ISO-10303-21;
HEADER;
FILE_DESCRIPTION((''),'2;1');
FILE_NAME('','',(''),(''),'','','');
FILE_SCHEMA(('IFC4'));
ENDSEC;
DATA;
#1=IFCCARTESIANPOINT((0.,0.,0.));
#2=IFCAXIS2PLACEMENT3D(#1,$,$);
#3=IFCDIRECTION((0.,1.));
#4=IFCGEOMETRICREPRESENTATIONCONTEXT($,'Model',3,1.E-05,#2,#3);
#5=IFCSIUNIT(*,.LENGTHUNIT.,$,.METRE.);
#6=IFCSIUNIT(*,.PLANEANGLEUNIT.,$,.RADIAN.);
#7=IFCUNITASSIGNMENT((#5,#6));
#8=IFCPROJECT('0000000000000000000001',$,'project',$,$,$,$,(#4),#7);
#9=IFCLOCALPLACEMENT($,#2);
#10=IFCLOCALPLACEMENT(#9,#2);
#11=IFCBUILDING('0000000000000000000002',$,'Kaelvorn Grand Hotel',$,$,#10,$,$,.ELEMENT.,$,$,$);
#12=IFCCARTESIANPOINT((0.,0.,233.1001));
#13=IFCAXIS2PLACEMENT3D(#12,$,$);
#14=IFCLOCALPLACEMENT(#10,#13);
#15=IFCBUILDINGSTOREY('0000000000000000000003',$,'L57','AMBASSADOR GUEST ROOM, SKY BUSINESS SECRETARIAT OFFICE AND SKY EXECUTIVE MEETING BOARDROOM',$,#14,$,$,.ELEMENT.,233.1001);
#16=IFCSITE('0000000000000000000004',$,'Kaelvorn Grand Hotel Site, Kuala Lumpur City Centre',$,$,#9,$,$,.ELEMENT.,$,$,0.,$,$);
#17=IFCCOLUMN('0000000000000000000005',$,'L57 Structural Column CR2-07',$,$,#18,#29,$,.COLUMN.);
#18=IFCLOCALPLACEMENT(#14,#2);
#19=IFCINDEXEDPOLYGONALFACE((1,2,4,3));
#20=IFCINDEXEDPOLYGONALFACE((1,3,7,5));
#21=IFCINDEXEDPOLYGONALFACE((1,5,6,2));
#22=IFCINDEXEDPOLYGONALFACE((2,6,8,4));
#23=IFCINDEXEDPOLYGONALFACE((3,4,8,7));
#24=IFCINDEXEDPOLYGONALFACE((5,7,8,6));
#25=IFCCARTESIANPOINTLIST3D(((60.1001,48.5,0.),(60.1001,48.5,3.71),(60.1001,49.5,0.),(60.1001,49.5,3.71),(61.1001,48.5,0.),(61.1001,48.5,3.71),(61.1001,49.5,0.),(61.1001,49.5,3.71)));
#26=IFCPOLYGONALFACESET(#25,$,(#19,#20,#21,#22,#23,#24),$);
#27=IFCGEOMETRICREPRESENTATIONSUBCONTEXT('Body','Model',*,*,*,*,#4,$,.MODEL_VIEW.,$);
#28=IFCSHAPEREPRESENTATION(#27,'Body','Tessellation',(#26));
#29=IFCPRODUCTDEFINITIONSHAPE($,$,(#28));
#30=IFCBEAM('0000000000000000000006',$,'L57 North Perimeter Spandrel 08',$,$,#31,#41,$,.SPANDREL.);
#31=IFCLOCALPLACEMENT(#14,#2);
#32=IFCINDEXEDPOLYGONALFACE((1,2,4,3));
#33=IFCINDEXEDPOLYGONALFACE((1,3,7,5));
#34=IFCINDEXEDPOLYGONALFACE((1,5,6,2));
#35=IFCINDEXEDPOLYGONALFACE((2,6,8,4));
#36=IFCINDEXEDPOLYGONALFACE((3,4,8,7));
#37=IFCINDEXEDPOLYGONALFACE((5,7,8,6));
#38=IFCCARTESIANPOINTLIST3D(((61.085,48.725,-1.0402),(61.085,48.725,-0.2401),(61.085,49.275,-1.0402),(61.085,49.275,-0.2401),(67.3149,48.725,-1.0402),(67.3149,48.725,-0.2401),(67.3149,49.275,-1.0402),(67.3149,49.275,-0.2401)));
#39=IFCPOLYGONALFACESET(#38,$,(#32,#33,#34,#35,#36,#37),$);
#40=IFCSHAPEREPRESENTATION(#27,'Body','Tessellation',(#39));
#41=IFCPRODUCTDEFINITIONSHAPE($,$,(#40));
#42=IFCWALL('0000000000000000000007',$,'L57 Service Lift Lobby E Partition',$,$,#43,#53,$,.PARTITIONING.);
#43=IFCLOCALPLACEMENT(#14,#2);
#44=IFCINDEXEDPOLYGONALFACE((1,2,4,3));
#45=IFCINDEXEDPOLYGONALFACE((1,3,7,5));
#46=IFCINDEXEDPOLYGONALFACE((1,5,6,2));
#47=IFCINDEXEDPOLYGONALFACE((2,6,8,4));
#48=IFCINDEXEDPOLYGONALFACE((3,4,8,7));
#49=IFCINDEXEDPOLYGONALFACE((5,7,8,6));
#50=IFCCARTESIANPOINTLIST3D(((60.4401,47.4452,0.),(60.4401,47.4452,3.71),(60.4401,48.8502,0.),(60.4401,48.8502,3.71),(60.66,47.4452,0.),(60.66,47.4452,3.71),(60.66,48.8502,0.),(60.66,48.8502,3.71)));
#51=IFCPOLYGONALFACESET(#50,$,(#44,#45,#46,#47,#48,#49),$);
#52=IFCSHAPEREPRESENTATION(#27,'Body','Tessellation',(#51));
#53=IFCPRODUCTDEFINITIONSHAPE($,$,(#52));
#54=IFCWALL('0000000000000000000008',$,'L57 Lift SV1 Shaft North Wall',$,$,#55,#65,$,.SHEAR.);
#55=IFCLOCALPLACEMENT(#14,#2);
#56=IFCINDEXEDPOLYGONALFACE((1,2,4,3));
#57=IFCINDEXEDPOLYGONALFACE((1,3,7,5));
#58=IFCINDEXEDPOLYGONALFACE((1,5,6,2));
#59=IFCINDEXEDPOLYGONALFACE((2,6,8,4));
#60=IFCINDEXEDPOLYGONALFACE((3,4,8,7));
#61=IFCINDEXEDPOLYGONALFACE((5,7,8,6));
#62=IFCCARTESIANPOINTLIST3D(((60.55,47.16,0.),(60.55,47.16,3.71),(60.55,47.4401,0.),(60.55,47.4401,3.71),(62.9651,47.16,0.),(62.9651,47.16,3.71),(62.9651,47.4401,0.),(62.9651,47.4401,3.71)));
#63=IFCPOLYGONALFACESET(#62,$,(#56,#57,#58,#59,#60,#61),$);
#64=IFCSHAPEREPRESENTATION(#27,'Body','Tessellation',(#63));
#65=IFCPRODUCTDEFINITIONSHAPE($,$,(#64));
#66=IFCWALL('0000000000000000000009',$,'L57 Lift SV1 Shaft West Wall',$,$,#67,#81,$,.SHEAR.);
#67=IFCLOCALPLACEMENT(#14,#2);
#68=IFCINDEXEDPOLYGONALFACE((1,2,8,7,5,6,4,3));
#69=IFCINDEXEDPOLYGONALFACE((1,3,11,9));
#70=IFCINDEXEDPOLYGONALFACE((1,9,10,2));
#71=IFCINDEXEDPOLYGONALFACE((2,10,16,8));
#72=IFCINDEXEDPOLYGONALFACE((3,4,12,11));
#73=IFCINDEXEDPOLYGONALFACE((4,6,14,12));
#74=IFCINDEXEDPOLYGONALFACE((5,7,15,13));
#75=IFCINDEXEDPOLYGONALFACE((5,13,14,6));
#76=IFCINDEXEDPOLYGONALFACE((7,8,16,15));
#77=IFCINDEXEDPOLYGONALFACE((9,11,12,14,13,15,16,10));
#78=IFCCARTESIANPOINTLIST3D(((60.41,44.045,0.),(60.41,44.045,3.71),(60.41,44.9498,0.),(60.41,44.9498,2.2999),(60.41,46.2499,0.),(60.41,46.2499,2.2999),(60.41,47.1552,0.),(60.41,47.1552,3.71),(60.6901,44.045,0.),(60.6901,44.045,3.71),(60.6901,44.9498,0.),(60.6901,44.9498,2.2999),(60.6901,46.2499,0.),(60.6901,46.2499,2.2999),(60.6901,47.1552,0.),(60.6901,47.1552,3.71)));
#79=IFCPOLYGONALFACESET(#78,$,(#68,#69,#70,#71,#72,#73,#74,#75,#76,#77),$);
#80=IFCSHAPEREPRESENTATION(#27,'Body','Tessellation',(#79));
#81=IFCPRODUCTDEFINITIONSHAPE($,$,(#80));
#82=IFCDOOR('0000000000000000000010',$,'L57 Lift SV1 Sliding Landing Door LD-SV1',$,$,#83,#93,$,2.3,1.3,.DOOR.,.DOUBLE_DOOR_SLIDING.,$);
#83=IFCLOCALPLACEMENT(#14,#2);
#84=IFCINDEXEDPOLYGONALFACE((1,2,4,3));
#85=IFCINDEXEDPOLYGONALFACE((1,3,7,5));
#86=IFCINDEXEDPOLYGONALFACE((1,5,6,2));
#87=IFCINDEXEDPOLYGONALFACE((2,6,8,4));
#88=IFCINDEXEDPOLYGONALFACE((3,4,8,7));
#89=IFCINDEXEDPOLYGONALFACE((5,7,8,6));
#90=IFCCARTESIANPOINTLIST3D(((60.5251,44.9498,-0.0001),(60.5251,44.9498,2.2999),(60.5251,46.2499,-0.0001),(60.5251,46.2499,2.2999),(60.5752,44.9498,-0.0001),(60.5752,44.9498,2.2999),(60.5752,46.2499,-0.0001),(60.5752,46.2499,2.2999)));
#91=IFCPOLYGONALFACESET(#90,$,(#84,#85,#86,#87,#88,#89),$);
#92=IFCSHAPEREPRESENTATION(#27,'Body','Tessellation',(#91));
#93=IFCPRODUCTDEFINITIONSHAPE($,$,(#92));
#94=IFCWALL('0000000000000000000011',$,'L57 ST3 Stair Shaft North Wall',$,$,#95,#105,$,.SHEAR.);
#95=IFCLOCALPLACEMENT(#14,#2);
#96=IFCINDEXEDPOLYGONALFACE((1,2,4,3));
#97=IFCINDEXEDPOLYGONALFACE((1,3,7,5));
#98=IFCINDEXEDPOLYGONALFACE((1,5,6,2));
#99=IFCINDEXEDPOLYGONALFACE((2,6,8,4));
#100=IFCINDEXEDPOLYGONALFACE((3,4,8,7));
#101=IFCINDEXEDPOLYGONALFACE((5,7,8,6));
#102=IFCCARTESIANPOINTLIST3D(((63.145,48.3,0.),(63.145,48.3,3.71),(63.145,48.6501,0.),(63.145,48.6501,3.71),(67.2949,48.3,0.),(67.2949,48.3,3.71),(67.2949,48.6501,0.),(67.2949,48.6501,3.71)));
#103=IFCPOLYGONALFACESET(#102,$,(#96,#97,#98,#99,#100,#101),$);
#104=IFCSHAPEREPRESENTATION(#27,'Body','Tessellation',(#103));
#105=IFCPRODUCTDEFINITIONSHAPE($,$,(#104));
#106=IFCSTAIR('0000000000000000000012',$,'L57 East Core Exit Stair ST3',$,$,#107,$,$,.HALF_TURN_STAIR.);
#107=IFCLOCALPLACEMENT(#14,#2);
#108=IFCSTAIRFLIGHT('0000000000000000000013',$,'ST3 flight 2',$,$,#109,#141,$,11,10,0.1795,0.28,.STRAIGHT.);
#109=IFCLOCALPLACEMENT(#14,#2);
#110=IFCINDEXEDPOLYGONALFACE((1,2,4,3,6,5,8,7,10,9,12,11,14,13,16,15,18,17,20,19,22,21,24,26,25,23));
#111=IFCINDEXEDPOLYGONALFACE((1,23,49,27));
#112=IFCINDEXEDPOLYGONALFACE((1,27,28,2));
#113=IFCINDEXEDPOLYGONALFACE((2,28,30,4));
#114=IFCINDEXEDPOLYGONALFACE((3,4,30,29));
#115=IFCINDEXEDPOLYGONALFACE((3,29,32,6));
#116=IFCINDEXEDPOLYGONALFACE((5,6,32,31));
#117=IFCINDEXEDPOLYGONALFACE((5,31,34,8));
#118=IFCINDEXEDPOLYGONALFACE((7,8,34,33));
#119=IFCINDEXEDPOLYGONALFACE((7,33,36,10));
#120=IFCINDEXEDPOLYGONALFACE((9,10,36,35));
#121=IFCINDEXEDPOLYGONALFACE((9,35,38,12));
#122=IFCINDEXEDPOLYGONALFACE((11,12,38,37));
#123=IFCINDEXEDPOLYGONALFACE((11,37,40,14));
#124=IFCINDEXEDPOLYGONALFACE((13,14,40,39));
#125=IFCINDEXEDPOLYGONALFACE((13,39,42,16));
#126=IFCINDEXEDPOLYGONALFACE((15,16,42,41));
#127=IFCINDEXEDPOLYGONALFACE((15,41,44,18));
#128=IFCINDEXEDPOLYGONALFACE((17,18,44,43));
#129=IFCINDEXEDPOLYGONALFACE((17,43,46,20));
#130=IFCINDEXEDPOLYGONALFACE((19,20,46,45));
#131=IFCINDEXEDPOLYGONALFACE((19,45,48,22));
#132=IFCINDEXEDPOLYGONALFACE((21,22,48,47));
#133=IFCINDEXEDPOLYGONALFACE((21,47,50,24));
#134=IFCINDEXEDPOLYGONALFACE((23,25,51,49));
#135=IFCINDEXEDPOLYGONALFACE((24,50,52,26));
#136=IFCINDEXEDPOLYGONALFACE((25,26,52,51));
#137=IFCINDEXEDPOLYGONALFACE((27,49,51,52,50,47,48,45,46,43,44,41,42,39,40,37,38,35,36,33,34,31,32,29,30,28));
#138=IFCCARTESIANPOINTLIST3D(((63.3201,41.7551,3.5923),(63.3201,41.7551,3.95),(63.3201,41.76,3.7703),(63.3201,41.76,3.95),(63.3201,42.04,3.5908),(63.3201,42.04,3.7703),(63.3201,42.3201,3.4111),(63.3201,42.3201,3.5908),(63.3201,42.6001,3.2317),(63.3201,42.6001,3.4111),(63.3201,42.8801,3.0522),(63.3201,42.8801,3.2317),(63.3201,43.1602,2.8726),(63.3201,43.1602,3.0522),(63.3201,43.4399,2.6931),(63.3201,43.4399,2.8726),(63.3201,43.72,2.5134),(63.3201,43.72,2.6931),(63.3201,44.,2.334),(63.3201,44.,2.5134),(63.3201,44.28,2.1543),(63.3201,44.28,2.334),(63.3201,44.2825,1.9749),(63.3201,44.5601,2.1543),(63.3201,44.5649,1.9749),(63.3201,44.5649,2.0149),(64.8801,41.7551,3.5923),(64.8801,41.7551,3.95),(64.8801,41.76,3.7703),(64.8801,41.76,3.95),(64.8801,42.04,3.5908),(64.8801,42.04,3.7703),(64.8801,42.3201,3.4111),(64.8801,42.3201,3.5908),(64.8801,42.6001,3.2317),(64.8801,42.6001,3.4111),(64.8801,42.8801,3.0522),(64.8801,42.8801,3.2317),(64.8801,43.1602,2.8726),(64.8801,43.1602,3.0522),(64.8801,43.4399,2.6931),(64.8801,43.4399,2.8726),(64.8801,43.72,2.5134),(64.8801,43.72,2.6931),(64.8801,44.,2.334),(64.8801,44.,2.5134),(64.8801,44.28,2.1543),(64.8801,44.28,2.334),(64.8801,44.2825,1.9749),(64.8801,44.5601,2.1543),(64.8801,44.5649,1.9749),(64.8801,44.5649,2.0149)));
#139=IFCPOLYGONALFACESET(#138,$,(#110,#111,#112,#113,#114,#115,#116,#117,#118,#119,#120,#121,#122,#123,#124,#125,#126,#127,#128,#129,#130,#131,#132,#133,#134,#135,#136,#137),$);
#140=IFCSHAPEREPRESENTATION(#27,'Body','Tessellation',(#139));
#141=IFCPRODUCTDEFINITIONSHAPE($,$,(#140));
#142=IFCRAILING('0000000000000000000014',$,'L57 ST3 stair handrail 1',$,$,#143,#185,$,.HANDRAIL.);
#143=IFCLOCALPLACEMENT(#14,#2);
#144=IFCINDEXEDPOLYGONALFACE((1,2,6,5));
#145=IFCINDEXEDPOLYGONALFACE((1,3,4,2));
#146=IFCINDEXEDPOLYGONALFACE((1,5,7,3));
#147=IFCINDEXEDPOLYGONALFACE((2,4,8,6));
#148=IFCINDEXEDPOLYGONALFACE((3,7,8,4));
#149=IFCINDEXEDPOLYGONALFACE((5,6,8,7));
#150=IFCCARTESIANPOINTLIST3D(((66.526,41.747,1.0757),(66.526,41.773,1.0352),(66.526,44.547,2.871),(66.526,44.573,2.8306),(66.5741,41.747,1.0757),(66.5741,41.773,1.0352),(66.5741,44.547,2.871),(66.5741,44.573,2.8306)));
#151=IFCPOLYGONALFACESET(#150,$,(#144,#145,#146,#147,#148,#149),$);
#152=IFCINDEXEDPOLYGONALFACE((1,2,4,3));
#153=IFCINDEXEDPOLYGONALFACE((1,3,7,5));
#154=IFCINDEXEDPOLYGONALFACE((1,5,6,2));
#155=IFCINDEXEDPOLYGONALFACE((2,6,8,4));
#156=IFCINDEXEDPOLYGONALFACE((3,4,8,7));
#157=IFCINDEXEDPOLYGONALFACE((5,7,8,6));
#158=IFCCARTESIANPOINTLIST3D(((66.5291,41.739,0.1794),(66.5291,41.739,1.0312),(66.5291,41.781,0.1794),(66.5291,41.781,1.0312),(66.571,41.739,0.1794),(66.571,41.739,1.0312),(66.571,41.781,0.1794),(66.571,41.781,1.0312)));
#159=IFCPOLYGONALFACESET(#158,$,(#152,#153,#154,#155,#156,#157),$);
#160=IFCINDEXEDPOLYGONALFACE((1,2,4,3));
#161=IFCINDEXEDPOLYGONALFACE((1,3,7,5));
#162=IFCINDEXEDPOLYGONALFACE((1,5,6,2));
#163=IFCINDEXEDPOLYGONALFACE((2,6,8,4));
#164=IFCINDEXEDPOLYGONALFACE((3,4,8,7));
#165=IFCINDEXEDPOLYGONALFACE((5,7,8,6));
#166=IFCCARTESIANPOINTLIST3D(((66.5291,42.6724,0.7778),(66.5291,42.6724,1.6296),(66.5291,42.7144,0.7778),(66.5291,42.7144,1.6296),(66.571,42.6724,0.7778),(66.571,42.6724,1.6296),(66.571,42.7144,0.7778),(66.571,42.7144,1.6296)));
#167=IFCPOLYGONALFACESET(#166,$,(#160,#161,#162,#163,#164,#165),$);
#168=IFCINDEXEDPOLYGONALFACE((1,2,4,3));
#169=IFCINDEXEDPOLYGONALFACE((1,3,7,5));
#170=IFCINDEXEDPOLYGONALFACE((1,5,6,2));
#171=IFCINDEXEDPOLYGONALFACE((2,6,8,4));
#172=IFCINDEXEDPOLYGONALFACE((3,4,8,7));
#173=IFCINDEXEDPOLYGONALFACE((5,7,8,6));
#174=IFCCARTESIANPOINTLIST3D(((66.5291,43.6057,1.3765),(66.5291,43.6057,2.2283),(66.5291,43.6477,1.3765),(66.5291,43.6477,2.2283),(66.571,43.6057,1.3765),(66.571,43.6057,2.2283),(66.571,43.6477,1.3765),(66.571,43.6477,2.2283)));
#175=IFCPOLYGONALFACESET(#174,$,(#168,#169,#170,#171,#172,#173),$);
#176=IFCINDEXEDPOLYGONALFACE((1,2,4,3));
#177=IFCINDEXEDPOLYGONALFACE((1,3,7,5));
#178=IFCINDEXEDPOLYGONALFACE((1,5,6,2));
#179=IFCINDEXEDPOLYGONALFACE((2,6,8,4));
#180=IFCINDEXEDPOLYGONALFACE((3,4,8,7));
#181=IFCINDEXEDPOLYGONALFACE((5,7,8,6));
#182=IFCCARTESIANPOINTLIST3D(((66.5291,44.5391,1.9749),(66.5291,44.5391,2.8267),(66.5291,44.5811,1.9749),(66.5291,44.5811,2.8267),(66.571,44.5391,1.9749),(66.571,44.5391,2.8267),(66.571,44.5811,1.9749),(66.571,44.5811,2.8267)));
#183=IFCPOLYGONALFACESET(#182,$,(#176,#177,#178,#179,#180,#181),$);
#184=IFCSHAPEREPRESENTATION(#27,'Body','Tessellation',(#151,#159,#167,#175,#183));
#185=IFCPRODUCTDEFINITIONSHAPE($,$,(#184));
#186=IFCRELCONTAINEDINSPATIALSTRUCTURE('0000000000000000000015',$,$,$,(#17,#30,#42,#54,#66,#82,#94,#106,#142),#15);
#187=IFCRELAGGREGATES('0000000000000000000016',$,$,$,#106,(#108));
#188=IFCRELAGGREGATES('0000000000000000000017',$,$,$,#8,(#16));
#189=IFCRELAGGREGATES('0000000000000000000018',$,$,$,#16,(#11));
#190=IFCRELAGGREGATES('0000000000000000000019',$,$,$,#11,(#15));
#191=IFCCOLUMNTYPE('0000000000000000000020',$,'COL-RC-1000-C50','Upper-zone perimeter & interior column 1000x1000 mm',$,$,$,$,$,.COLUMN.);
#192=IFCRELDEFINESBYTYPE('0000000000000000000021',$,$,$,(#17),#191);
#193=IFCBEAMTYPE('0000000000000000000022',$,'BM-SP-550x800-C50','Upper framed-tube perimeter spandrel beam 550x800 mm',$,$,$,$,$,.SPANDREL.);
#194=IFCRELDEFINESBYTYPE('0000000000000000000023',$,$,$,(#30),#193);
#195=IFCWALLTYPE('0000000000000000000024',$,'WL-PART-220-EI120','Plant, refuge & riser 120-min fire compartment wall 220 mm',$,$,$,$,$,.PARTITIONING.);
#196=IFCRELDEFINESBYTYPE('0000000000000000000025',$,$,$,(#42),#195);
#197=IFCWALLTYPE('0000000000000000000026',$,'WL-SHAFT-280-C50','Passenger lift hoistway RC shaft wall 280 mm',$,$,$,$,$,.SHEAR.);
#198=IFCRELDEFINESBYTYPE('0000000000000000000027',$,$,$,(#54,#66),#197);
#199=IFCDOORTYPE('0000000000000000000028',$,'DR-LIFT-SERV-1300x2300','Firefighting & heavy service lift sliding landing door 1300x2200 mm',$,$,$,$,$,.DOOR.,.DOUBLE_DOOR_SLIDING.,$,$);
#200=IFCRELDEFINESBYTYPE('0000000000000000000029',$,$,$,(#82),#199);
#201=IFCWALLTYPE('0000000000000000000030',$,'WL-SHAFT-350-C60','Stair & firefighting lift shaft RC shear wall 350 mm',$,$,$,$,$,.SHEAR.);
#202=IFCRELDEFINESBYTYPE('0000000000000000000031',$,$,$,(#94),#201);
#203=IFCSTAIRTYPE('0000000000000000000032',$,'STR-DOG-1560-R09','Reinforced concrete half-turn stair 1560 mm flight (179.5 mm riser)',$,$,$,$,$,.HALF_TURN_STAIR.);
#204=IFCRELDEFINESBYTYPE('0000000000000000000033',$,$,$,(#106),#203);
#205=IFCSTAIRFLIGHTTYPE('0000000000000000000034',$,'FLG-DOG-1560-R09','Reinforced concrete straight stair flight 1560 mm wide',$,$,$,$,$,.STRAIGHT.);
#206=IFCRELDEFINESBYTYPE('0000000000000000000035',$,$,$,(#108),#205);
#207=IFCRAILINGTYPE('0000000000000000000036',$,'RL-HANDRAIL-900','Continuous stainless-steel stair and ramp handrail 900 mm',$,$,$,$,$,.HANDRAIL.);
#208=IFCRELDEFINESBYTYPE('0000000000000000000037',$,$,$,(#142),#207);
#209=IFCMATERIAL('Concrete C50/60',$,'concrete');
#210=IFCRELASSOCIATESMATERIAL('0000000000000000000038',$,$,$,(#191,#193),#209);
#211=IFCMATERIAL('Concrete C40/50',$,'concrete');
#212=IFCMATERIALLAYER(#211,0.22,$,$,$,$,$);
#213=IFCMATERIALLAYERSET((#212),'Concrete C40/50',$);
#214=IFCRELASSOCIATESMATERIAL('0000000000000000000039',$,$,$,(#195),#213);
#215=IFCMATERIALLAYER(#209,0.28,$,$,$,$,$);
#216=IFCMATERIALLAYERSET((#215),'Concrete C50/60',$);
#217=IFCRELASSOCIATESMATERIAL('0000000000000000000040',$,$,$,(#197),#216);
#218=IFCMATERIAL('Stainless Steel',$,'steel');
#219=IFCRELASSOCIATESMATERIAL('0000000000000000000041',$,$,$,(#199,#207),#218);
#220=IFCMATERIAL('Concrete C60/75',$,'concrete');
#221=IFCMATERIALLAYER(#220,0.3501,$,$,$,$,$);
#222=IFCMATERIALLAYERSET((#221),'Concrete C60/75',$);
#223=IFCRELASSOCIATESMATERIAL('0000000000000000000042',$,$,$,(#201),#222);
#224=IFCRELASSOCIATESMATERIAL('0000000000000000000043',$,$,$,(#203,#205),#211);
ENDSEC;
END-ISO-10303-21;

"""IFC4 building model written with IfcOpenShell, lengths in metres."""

from ifc_helpers import new_model, si_unit, direction, frame, frame_2d, origin, origin_2d, place, context, subcontext, project, spatial, polyline, rectangle, outline, extrude, material, layer, layer_set, material_profile, profile_set, type_object, element, fill, aggregate, save


model = new_model("IFC4")

# Units and contexts
model_context = context("Model", 3, precision=1e-05, world=origin(), true_north=direction((0.0, 1.0)))
body_context = subcontext(model_context, "Body", "Model", "MODEL_VIEW")
ifc_project = project(units=[si_unit("LENGTHUNIT", "METRE"), si_unit("PLANEANGLEUNIT", "RADIAN")], contexts=[model_context])

# Site, building, storey
site_placement = place(None, origin())
site = spatial("IfcSite", under=ifc_project, at=site_placement, Name="Kaelvorn Grand Hotel Site, Kuala Lumpur City Centre", CompositionType="ELEMENT", RefElevation=0.0)
building_placement = place(site_placement, origin())
building = spatial("IfcBuilding", under=site, at=building_placement, Name="Kaelvorn Grand Hotel", CompositionType="ELEMENT")
storey_placement = place(building_placement, frame((0.0, 0.0, 233.1001)))
storey = spatial("IfcBuildingStorey", under=building, at=storey_placement, Name="L57", Description="AMBASSADOR GUEST ROOM, SKY BUSINESS SECRETARIAT OFFICE AND SKY EXECUTIVE MEETING BOARDROOM", CompositionType="ELEMENT", Elevation=233.1001)

# Column
ifc_material_1 = material(Name="Concrete C50/60", Category="concrete")
ifc_material_profile_1 = material_profile(ifc_material_1, rectangle(XDim=1.0, YDim=1.0, at=origin_2d()), Name="RC COL 1000x1000")
ifc_profile_set_1 = profile_set([ifc_material_profile_1], Name="Concrete C50/60")
column_type = type_object("IfcColumnType", Name="COL-RC-1000-C50", Description="Upper-zone perimeter & interior column 1000x1000 mm", PredefinedType="COLUMN", material=ifc_profile_set_1)
column_placement = place(storey_placement, frame((60.6001, 49.0, 0.0), z_axis=(0.0, 0.0, 1.0), x_axis=(1.0, 0.0, 0.0)))
element("IfcColumn", 1, at=column_placement, inside=storey, type_object=column_type, Name="L57 Structural Column CR2-07", PredefinedType="COLUMN", context=body_context, shape_type="SweptSolid", body=[
    extrude(rectangle(XDim=1.0, YDim=1.0, at=origin_2d()), origin(), (0.0, 0.0, 1.0), 3.71),
])

# Beam
ifc_material_profile_2 = material_profile(ifc_material_1, rectangle(XDim=0.55, YDim=0.8, at=origin_2d()), Name="RC SPANDREL 550x800")
ifc_profile_set_2 = profile_set([ifc_material_profile_2], Name="Concrete C50/60")
beam_type = type_object("IfcBeamType", Name="BM-SP-550x800-C50", Description="Upper framed-tube perimeter spandrel beam 550x800 mm", PredefinedType="SPANDREL", material=ifc_profile_set_2)
beam_placement = place(storey_placement, frame((61.085, 49.0, -0.6401), z_axis=(1.0, 0.0, 0.0), x_axis=(0.0, 1.0, 0.0)))
element("IfcBeam", 2, at=beam_placement, inside=storey, type_object=beam_type, Name="L57 North Perimeter Spandrel 08", PredefinedType="SPANDREL", context=body_context, shape_type="SweptSolid", body=[
    extrude(rectangle(XDim=0.55, YDim=0.8, at=origin_2d()), origin(), (0.0, 0.0, 1.0), 6.23),
])

# Walls
ifc_material_2 = material(Name="Concrete C40/50", Category="concrete")
ifc_layer_1 = layer(ifc_material_2, 0.22)
ifc_layer_set_1 = layer_set([ifc_layer_1], Name="Concrete C40/50")
wall_type_1 = type_object("IfcWallType", Name="WL-PART-220-EI120", Description="Plant, refuge & riser 120-min fire compartment wall 220 mm", PredefinedType="PARTITIONING", material=ifc_layer_set_1)
wall_1_placement = place(storey_placement, frame((60.55, 47.4451, 0.0), z_axis=(0.0, 0.0, 1.0), x_axis=(0.0, 1.0, 0.0)))
element("IfcWall", 3, at=wall_1_placement, inside=storey, type_object=wall_type_1, Name="L57 Service Lift Lobby E Partition", PredefinedType="PARTITIONING", context=body_context, shape_type="SweptSolid", body=[
    extrude(rectangle(XDim=1.405, YDim=0.22, at=frame_2d((0.7026, 0.0))), origin(), (0.0, 0.0, 1.0), 3.71),
])
ifc_layer_2 = layer(ifc_material_1, 0.28)
ifc_layer_set_2 = layer_set([ifc_layer_2], Name="Concrete C50/60")
wall_type_2 = type_object("IfcWallType", Name="WL-SHAFT-280-C50", Description="Passenger lift hoistway RC shaft wall 280 mm", PredefinedType="SHEAR", material=ifc_layer_set_2)
wall_2_placement = place(storey_placement, frame((60.55, 47.3, 0.0), z_axis=(0.0, 0.0, 1.0), x_axis=(1.0, 0.0, 0.0)))
element("IfcWall", 4, at=wall_2_placement, inside=storey, type_object=wall_type_2, Name="L57 Lift SV1 Shaft North Wall", PredefinedType="SHEAR", context=body_context, shape_type="SweptSolid", body=[
    extrude(rectangle(XDim=2.415, YDim=0.28, at=frame_2d((1.2075, 0.0))), origin(), (0.0, 0.0, 1.0), 3.71),
])

# Wall, opening, door
wall_3_placement = place(storey_placement, frame((60.55, 44.0449, 0.0), z_axis=(0.0, 0.0, 1.0), x_axis=(0.0, 1.0, 0.0)))
wall_3 = element("IfcWall", 5, at=wall_3_placement, inside=storey, type_object=wall_type_2, Name="L57 Lift SV1 Shaft West Wall", PredefinedType="SHEAR", context=body_context, shape_type="SweptSolid", body=[
    extrude(rectangle(XDim=3.1101, YDim=0.28, at=frame_2d((1.5552, 0.0))), origin(), (0.0, 0.0, 1.0), 3.71),
])
opening_placement = place(wall_3_placement, frame((0.905, 0.0, 0.0)))
opening = element("IfcOpeningElement", 6, at=opening_placement, cuts=wall_3, PredefinedType="OPENING", context=body_context, shape_type="SweptSolid", body=[
    extrude(rectangle(XDim=1.3, YDim=2.3, at=frame_2d((0.6499, 1.1499))), frame((0.0, 0.1499, 0.0), z_axis=(0.0, -1.0, 0.0), x_axis=(1.0, 0.0, 0.0)), (0.0, 0.0, 1.0), 0.3),
])
ifc_material_3 = material(Name="Stainless Steel", Category="steel")
door_type = type_object("IfcDoorType", Name="DR-LIFT-SERV-1300x2300", Description="Firefighting & heavy service lift sliding landing door 1300x2200 mm", OperationType="DOUBLE_DOOR_SLIDING", PredefinedType="DOOR", material=ifc_material_3)
door_placement = place(opening_placement, origin())
door = element("IfcDoor", 7, at=door_placement, inside=storey, type_object=door_type, Name="L57 Lift SV1 Sliding Landing Door LD-SV1", OperationType="DOUBLE_DOOR_SLIDING", OverallHeight=2.3, OverallWidth=1.3, PredefinedType="DOOR", context=body_context, shape_type="SweptSolid", body=[
    extrude(rectangle(XDim=1.3, YDim=2.3, at=frame_2d((0.6499, 1.1499))), frame((0.0, 0.0249, 0.0), z_axis=(0.0, -1.0, 0.0), x_axis=(1.0, 0.0, 0.0)), (0.0, 0.0, 1.0), 0.05),
])
fill(opening, door)

# Wall
ifc_material_4 = material(Name="Concrete C60/75", Category="concrete")
ifc_layer_3 = layer(ifc_material_4, 0.3501)
ifc_layer_set_3 = layer_set([ifc_layer_3], Name="Concrete C60/75")
wall_type_3 = type_object("IfcWallType", Name="WL-SHAFT-350-C60", Description="Stair & firefighting lift shaft RC shear wall 350 mm", PredefinedType="SHEAR", material=ifc_layer_set_3)
wall_4_placement = place(storey_placement, frame((63.145, 48.4751, 0.0), z_axis=(0.0, 0.0, 1.0), x_axis=(1.0, 0.0, 0.0)))
element("IfcWall", 8, at=wall_4_placement, inside=storey, type_object=wall_type_3, Name="L57 ST3 Stair Shaft North Wall", PredefinedType="SHEAR", context=body_context, shape_type="SweptSolid", body=[
    extrude(rectangle(XDim=4.1499, YDim=0.3501, at=frame_2d((2.075, 0.0))), origin(), (0.0, 0.0, 1.0), 3.71),
])

# Stair, stair flight
stair_type = type_object("IfcStairType", Name="STR-DOG-1560-R09", Description="Reinforced concrete half-turn stair 1560 mm flight (179.5 mm riser)", PredefinedType="HALF_TURN_STAIR", material=ifc_material_2)
stair_placement = place(storey_placement, origin())
stair = element("IfcStair", 9, at=stair_placement, inside=storey, type_object=stair_type, Name="L57 East Core Exit Stair ST3", PredefinedType="HALF_TURN_STAIR")
stair_flight_type = type_object("IfcStairFlightType", Name="FLG-DOG-1560-R09", Description="Reinforced concrete straight stair flight 1560 mm wide", PredefinedType="STRAIGHT", material=ifc_material_2)
stair_flight_placement = place(storey_placement, frame((64.1001, 44.5601, 1.9749), z_axis=(0.0, 0.0, 1.0), x_axis=(0.0, -1.0, 0.0)))
stair_flight = element("IfcStairFlight", 10, at=stair_flight_placement, type_object=stair_flight_type, Name="ST3 flight 2", NumberOfRisers=11, NumberOfTreads=10, PredefinedType="STRAIGHT", RiserHeight=0.1795, TreadLength=0.28, context=body_context, shape_type="SweptSolid", body=[
    extrude(outline(polyline([(-0.0049, 0.0), (-0.0049, 0.04), (0.0, 0.1794), (0.28, 0.1794), (0.28, 0.3591), (0.5601, 0.3591), (0.5601, 0.5386), (0.8401, 0.5386), (0.8401, 0.7183), (1.1201, 0.7183), (1.1201, 0.8977), (1.3999, 0.8977), (1.3999, 1.0774), (1.6799, 1.0774), (1.6799, 1.2568), (1.96, 1.2568), (1.96, 1.4363), (2.24, 1.4363), (2.24, 1.616), (2.52, 1.616), (2.52, 1.7954), (2.8, 1.7954), (2.8, 1.9751), (2.8049, 1.9751), (2.8049, 1.6174), (0.2776, 0.0), (-0.0049, 0.0)])), frame((0.0, 0.78, 0.0), z_axis=(0.0, -1.0, 0.0), x_axis=(1.0, 0.0, 0.0)), (0.0, 0.0, 1.0), 1.5601),
])
aggregate(stair, [stair_flight])

# Railing
railing_type_1 = type_object("IfcRailingType", Name="RL-HANDRAIL-900", Description="Continuous stainless-steel stair and ramp handrail 900 mm", PredefinedType="HANDRAIL", material=ifc_material_3)
railing_1_placement = place(storey_placement, frame((66.55, 41.76, 0.1794)))
element("IfcRailing", 11, at=railing_1_placement, inside=storey, type_object=railing_type_1, Name="L57 ST3 stair handrail 1", PredefinedType="HANDRAIL", context=body_context, shape_type="SweptSolid", body=[
    extrude(rectangle(XDim=0.0481, YDim=0.0481, at=origin_2d()), frame((0.0, 0.0, 0.876), z_axis=(0.0, 0.84181, 0.539774), x_axis=(-1.0, 0.0, 0.0)), (0.0, 0.0, 1.0), 3.3262),
    extrude(rectangle(XDim=0.042, YDim=0.042, at=origin_2d()), origin(), (0.0, 0.0, 1.0), 0.8518),
    extrude(rectangle(XDim=0.042, YDim=0.042, at=origin_2d()), frame((0.0, 0.9333, 0.5984)), (0.0, 0.0, 1.0), 0.8518),
    extrude(rectangle(XDim=0.042, YDim=0.042, at=origin_2d()), frame((0.0, 1.8667, 1.197)), (0.0, 0.0, 1.0), 0.8518),
    extrude(rectangle(XDim=0.042, YDim=0.042, at=origin_2d()), frame((0.0, 2.8, 1.7954)), (0.0, 0.0, 1.0), 0.8518),
])

save(model, "model.ifc")
